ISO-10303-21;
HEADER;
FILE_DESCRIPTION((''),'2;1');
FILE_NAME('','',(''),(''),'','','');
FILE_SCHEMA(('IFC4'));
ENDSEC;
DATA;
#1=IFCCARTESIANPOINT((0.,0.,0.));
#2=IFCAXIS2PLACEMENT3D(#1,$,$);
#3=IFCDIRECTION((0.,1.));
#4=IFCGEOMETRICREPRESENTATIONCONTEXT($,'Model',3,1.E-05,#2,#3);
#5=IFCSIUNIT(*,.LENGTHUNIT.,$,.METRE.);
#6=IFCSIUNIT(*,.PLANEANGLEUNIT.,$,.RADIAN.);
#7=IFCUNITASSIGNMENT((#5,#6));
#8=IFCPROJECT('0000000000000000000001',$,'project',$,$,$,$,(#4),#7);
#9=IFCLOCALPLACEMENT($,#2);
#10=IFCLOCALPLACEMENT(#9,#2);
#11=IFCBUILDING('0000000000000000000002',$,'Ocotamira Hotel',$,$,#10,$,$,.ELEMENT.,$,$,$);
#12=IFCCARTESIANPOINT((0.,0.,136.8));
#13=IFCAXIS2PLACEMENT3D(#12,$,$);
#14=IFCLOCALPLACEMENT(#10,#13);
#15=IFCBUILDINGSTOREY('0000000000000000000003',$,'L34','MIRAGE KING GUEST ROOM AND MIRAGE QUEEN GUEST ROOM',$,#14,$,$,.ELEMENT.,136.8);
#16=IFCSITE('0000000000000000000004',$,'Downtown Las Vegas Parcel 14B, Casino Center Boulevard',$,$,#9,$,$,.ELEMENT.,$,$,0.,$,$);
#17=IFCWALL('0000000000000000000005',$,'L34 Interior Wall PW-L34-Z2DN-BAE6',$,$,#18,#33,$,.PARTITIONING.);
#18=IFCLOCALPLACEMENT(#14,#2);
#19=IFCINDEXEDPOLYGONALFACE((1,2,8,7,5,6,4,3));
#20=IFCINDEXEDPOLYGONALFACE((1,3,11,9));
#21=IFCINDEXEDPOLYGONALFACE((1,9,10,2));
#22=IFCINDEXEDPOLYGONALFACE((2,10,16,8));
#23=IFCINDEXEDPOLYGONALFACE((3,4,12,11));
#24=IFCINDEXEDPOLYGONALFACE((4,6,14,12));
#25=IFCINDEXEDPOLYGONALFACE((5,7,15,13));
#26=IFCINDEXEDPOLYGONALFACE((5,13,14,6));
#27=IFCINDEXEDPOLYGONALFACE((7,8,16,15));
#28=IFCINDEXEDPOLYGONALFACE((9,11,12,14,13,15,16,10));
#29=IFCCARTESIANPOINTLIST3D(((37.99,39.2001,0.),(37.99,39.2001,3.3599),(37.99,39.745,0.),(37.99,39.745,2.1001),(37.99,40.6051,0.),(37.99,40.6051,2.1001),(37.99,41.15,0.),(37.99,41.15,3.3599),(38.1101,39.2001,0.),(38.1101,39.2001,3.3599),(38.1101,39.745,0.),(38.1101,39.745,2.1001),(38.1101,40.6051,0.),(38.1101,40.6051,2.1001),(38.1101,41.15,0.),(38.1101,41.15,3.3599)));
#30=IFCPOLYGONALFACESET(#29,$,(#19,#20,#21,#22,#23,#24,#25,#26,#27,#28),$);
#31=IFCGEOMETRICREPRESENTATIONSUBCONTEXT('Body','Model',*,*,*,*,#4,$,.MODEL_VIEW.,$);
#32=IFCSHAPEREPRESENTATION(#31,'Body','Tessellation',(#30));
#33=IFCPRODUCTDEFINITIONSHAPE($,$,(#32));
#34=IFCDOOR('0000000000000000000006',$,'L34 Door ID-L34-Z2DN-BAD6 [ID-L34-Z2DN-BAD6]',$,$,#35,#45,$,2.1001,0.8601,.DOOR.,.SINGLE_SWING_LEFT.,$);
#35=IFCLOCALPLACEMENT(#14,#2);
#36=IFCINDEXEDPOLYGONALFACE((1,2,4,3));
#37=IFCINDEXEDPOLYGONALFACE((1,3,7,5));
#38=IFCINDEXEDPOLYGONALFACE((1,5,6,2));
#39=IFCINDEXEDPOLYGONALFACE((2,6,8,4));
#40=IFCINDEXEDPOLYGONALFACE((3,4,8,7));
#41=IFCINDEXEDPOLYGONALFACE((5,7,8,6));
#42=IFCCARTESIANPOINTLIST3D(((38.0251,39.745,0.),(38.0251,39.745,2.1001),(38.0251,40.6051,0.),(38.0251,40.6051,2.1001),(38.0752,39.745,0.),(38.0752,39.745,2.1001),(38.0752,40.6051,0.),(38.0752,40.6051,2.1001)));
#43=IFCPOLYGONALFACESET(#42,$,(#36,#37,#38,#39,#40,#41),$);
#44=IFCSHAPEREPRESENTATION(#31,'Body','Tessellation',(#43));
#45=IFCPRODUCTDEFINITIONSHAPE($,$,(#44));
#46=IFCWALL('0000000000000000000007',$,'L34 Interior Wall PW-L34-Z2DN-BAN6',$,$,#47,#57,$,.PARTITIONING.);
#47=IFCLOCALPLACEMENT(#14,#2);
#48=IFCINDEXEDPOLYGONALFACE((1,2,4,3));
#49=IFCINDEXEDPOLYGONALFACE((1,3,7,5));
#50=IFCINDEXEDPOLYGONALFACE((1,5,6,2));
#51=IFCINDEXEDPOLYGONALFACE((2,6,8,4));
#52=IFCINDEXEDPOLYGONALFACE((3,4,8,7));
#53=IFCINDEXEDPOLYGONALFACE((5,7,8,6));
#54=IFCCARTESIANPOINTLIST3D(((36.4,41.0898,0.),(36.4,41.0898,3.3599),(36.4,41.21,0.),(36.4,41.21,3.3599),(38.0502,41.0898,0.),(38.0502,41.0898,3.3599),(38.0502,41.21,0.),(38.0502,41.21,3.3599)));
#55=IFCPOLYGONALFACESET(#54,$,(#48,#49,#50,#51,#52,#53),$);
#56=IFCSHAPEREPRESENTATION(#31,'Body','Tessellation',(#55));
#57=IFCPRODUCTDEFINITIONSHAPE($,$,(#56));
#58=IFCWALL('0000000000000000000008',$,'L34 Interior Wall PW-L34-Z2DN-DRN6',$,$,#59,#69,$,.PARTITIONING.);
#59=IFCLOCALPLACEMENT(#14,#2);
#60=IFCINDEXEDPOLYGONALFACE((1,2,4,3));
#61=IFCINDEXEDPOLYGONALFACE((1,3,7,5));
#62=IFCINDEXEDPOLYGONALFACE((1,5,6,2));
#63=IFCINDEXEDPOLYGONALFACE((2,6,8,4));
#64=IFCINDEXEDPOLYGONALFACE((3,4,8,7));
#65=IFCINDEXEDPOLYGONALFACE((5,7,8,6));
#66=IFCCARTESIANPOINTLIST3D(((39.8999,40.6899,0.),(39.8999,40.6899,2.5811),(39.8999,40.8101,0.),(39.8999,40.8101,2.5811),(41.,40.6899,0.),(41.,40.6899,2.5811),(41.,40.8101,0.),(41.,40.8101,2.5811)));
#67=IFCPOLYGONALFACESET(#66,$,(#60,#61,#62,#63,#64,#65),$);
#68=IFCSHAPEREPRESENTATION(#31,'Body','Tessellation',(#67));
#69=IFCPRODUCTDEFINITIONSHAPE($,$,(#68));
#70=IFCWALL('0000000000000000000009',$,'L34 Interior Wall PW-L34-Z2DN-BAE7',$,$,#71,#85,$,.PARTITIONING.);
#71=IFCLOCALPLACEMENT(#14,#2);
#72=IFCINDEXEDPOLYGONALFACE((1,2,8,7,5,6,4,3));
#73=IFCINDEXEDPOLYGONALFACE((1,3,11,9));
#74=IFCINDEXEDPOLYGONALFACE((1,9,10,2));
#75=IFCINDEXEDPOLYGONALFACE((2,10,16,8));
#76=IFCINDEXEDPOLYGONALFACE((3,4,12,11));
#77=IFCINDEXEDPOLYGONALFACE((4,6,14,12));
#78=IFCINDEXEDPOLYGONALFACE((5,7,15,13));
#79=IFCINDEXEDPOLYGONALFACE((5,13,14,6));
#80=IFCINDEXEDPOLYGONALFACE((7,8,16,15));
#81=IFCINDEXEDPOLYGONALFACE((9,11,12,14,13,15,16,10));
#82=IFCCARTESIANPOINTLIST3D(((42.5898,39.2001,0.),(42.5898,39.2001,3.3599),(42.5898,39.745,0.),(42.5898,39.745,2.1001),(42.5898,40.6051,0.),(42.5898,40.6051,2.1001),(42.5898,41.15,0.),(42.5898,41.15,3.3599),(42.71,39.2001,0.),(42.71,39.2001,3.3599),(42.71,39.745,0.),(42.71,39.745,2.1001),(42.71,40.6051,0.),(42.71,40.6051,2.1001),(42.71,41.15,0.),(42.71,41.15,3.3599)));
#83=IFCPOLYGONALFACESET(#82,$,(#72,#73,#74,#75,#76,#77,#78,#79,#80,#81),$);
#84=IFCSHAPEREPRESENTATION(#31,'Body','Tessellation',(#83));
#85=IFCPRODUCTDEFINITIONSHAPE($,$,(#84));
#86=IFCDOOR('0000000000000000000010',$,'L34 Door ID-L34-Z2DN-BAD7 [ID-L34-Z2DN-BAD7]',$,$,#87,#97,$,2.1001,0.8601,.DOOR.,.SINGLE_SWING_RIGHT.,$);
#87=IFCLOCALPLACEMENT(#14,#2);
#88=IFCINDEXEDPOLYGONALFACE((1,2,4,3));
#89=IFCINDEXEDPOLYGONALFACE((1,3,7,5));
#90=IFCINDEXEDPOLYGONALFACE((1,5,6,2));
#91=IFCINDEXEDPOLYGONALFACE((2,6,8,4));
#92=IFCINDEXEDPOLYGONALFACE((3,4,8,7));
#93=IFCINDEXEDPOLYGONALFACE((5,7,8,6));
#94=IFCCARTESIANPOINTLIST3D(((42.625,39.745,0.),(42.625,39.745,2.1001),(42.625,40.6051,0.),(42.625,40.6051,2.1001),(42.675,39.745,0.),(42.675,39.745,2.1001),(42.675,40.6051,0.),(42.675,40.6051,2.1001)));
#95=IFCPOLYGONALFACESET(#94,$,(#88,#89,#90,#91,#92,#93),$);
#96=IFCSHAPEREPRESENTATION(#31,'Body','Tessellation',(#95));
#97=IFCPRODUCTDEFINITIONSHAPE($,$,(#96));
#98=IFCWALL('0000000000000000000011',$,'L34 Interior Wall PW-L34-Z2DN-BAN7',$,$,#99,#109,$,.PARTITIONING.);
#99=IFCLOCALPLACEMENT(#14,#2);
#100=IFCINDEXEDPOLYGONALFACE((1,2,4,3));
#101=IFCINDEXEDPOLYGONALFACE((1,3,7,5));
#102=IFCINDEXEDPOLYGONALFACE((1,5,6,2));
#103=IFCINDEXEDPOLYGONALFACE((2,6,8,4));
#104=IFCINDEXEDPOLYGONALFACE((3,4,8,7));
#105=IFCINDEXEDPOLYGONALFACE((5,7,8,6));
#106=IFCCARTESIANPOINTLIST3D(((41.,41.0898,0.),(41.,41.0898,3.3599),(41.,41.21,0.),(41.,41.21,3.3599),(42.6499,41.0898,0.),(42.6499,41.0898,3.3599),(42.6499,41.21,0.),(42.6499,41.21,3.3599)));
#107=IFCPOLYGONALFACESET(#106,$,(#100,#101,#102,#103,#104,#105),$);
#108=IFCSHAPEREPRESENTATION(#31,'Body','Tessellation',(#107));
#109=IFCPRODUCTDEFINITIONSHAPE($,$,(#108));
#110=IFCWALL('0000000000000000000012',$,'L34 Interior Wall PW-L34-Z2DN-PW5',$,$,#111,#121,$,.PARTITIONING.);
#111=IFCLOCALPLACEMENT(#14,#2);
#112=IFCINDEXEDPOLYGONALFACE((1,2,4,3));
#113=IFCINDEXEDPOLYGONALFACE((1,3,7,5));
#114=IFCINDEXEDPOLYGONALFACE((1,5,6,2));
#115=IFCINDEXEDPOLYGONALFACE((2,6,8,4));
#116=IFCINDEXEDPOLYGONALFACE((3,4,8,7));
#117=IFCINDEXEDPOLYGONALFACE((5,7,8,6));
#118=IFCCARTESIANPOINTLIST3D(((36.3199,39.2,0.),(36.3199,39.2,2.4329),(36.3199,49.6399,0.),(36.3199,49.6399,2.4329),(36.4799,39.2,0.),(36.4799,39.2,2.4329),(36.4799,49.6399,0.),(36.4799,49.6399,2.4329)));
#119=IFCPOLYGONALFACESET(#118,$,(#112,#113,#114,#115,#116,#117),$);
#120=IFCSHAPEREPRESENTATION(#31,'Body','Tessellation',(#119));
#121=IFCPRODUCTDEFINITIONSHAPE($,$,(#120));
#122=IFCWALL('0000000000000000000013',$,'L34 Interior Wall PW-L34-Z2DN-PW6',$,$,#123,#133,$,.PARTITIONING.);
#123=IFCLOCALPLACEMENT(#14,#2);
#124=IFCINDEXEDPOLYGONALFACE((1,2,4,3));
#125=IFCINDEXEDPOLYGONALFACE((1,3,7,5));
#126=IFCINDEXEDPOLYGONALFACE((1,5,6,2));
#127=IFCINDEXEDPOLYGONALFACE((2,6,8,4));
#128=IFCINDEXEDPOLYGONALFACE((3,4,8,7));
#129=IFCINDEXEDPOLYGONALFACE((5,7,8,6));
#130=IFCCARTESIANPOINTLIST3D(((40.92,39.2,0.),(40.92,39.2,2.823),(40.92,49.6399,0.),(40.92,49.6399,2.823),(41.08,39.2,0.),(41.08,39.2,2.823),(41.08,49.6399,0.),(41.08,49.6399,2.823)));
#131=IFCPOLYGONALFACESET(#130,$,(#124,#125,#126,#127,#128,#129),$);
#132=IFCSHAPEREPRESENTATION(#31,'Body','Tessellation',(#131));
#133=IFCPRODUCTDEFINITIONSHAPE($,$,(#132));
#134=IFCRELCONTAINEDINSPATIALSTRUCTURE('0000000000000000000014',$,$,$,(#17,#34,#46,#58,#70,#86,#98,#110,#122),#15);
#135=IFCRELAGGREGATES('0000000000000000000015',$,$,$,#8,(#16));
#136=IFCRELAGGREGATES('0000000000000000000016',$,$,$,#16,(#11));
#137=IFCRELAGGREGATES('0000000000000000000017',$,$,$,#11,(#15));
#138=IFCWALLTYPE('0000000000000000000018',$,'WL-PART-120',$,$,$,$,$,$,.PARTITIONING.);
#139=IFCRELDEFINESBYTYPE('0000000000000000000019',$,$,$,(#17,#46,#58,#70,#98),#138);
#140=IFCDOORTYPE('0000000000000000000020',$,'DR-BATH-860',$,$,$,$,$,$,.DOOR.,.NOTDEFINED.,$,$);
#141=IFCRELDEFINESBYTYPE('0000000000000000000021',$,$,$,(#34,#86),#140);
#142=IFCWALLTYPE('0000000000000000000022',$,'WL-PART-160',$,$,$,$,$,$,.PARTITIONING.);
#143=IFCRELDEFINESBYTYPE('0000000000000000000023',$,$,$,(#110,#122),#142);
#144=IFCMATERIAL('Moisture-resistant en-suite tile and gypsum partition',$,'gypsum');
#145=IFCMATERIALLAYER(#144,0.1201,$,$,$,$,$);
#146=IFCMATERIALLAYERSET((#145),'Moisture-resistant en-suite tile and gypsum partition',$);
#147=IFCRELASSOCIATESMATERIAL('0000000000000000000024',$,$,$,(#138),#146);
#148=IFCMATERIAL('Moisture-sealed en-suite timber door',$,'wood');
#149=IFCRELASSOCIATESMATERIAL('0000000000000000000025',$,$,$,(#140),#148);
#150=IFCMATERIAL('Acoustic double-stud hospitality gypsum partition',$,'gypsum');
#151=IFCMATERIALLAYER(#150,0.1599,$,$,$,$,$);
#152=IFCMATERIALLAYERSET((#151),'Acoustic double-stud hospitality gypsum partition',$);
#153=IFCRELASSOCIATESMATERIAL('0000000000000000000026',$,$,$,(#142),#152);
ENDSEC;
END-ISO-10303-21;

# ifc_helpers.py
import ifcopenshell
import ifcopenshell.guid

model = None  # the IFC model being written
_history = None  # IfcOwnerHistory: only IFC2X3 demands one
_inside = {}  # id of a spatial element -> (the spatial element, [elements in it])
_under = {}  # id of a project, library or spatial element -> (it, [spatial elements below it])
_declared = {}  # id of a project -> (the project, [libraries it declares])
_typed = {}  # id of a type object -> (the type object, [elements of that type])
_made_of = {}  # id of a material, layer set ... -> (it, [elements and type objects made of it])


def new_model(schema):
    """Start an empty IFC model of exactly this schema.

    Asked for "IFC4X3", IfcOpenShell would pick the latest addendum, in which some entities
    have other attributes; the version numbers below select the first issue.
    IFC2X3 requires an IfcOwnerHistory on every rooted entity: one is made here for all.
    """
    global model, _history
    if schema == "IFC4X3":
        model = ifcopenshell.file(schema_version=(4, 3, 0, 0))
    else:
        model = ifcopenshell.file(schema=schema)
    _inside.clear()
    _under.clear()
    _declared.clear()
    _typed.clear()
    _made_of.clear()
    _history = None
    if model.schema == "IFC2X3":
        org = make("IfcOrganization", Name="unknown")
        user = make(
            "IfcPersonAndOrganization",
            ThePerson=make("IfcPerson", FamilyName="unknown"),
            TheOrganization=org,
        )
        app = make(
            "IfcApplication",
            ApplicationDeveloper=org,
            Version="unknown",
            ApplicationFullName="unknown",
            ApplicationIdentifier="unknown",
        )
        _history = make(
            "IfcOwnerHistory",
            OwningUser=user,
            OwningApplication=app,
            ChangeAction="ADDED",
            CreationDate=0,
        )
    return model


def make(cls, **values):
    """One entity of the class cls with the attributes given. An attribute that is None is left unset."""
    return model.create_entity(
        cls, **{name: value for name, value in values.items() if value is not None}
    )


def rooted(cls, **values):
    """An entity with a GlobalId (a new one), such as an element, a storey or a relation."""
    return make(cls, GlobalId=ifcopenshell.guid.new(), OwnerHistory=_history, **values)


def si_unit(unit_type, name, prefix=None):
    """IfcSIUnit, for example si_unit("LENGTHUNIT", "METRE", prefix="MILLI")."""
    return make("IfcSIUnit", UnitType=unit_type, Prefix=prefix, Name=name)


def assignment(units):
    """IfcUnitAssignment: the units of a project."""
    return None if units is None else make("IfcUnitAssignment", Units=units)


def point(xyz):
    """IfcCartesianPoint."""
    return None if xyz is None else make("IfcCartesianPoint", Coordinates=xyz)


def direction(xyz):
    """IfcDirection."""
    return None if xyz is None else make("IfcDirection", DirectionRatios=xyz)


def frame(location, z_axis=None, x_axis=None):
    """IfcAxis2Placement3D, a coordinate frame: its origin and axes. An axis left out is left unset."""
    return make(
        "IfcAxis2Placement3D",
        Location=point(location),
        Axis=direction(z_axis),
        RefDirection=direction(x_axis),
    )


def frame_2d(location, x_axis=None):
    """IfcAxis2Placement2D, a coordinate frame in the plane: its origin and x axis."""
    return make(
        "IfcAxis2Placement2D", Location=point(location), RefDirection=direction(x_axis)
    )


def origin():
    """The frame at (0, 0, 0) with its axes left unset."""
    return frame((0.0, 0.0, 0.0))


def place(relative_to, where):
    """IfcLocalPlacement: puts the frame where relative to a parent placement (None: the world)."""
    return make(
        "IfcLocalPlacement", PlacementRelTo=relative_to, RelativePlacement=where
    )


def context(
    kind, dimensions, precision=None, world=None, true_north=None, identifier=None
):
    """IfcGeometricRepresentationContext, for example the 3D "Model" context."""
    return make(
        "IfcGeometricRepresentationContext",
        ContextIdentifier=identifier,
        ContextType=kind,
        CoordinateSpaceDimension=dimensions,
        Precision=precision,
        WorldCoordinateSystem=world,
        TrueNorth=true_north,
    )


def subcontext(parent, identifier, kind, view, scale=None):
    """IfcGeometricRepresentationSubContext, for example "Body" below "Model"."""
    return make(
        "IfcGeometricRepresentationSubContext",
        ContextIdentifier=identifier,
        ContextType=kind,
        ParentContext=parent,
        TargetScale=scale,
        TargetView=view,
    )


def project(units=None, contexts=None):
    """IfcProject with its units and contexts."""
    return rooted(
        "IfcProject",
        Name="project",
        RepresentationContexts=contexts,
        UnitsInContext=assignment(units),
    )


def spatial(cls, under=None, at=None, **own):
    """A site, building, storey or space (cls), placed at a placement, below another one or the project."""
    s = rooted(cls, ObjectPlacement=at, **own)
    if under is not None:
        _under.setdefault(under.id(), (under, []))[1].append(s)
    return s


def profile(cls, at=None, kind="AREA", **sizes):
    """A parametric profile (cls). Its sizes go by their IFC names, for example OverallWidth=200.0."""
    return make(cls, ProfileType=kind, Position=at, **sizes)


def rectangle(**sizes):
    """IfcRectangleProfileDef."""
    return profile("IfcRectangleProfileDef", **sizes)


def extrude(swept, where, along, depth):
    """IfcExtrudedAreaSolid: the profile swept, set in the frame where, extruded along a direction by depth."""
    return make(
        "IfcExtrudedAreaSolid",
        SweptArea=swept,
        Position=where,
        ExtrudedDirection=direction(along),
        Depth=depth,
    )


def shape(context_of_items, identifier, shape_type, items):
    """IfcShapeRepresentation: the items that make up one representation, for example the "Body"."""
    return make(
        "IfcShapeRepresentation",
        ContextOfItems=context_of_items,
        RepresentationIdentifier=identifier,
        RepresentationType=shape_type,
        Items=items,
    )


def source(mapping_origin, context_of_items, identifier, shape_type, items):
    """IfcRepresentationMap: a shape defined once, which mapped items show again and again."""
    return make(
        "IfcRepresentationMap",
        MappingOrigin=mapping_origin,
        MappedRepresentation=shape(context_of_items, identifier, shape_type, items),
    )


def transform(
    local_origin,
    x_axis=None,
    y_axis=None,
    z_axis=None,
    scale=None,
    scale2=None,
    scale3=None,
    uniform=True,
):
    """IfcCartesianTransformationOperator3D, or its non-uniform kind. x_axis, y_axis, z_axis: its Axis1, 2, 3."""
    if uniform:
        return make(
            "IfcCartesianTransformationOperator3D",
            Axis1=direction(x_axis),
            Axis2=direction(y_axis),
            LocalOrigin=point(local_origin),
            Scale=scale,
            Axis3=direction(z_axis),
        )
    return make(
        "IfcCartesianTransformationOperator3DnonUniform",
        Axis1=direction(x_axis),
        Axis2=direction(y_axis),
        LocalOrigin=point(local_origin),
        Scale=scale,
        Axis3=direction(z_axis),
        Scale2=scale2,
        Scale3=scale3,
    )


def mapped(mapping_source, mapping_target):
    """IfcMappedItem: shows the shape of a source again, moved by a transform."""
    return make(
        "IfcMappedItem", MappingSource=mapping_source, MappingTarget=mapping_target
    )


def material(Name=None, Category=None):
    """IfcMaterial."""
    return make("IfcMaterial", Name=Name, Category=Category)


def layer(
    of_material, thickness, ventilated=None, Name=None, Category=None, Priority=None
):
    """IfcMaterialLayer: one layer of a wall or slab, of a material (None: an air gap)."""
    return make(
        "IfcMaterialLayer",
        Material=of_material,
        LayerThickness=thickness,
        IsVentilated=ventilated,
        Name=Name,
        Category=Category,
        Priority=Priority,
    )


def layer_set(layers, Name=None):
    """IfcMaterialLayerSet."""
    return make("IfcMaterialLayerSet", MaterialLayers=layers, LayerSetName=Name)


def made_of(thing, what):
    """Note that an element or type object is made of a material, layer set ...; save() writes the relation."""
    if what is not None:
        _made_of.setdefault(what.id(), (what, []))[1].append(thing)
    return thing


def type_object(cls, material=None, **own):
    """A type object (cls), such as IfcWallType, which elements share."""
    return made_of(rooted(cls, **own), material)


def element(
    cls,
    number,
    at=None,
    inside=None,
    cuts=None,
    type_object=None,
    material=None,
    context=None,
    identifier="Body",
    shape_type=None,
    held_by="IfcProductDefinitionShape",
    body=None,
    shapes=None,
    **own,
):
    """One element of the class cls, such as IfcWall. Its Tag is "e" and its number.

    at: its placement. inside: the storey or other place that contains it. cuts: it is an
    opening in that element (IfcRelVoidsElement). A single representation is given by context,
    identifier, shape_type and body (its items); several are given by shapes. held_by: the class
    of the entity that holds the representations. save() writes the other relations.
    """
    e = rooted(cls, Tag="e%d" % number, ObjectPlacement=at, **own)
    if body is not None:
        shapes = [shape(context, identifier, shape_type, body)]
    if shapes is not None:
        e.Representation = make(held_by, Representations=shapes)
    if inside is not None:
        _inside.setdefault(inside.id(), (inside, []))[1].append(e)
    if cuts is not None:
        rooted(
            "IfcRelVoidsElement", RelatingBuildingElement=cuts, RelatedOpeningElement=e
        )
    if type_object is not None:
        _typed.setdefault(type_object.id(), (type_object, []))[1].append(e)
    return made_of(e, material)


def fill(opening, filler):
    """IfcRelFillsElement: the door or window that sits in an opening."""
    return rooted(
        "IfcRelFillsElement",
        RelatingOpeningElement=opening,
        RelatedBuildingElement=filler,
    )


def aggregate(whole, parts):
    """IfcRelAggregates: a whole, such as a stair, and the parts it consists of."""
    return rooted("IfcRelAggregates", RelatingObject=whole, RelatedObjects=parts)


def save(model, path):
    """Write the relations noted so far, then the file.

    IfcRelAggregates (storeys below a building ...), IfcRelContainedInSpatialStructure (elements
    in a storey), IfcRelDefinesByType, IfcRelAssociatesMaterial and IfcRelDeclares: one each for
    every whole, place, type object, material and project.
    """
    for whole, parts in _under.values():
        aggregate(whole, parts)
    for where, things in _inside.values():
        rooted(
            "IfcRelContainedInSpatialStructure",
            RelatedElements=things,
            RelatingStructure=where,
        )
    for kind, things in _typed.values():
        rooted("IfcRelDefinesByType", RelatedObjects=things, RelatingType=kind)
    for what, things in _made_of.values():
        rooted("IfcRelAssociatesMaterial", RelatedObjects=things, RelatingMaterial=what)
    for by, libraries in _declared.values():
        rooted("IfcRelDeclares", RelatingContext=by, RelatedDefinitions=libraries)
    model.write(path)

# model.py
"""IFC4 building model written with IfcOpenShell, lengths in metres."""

from ifc_helpers import new_model, si_unit, direction, frame, frame_2d, origin, place, context, subcontext, project, spatial, rectangle, extrude, source, transform, mapped, material, layer, layer_set, type_object, element, fill, save


model = new_model("IFC4")

# Units and contexts
model_context = context("Model", 3, precision=1e-05, world=origin(), true_north=direction((0.0, 1.0)))
body_context = subcontext(model_context, "Body", "Model", "MODEL_VIEW")
ifc_project = project(units=[si_unit("LENGTHUNIT", "METRE"), si_unit("PLANEANGLEUNIT", "RADIAN")], contexts=[model_context])

# Site, building, storey
site_placement = place(None, origin())
site = spatial("IfcSite", under=ifc_project, at=site_placement, Name="Downtown Las Vegas Parcel 14B, Casino Center Boulevard", CompositionType="ELEMENT", RefElevation=0.0)
building_placement = place(site_placement, origin())
building = spatial("IfcBuilding", under=site, at=building_placement, Name="Ocotamira Hotel", CompositionType="ELEMENT")
storey_placement = place(building_placement, frame((0.0, 0.0, 136.8)))
storey = spatial("IfcBuildingStorey", under=building, at=storey_placement, Name="L34", Description="MIRAGE KING GUEST ROOM AND MIRAGE QUEEN GUEST ROOM", CompositionType="ELEMENT", Elevation=136.8)

# Shared definitions
ifc_material_1 = material(Name="Moisture-resistant en-suite tile and gypsum partition", Category="gypsum")
ifc_layer_1 = layer(ifc_material_1, 0.1201)
ifc_layer_set_1 = layer_set([ifc_layer_1], Name="Moisture-resistant en-suite tile and gypsum partition")
wall_type_1 = type_object("IfcWallType", Name="WL-PART-120", PredefinedType="PARTITIONING", material=ifc_layer_set_1)

# Shared definitions
ifc_material_2 = material(Name="Moisture-sealed en-suite timber door", Category="wood")
door_type = type_object("IfcDoorType", Name="DR-BATH-860", OperationType="NOTDEFINED", PredefinedType="DOOR", material=ifc_material_2)
shared_shape_1 = source(origin(), body_context, "Body", "SweptSolid", [
    extrude(rectangle(XDim=0.8601, YDim=2.1001, at=frame_2d((0.4302, 1.05))), frame((0.0, 0.0249, 0.0), z_axis=(0.0, -1.0, 0.0), x_axis=(1.0, 0.0, 0.0)), (0.0, 0.0, 1.0), 0.05),
])

# Wall, opening, door
wall_1_placement = place(storey_placement, frame((38.05, 39.2, 0.0), z_axis=(0.0, 0.0, 1.0), x_axis=(0.0, 1.0, 0.0)))
wall_1 = element("IfcWall", 1, at=wall_1_placement, inside=storey, type_object=wall_type_1, Name="L34 Interior Wall PW-L34-Z2DN-BAE6", PredefinedType="PARTITIONING", context=body_context, shape_type="SweptSolid", body=[
    extrude(rectangle(XDim=1.95, YDim=0.1201, at=frame_2d((0.9751, 0.0))), origin(), (0.0, 0.0, 1.0), 3.3599),
])
opening_1_placement = place(wall_1_placement, frame((0.5449, 0.0, 0.0)))
opening_1 = element("IfcOpeningElement", 2, at=opening_1_placement, cuts=wall_1, PredefinedType="OPENING", context=body_context, shape_type="SweptSolid", body=[
    extrude(rectangle(XDim=0.8601, YDim=2.1001, at=frame_2d((0.4302, 1.05))), frame((0.0, 0.0701, 0.0), z_axis=(0.0, -1.0, 0.0), x_axis=(1.0, 0.0, 0.0)), (0.0, 0.0, 1.0), 0.1401),
])
door_1_placement = place(opening_1_placement, origin())
door_1 = element("IfcDoor", 3, at=door_1_placement, inside=storey, type_object=door_type, Name="L34 Door ID-L34-Z2DN-BAD6 [ID-L34-Z2DN-BAD6]", OperationType="SINGLE_SWING_LEFT", OverallHeight=2.1001, OverallWidth=0.8601, PredefinedType="DOOR", context=body_context, shape_type="MappedRepresentation", body=[
    mapped(shared_shape_1, transform((0.0, 0.0, 0.0), scale=1.0)),
])
fill(opening_1, door_1)

# Walls
wall_2_placement = place(storey_placement, frame((36.3999, 41.1499, 0.0), z_axis=(0.0, 0.0, 1.0), x_axis=(1.0, 0.0, 0.0)))
element("IfcWall", 4, at=wall_2_placement, inside=storey, type_object=wall_type_1, Name="L34 Interior Wall PW-L34-Z2DN-BAN6", PredefinedType="PARTITIONING", context=body_context, shape_type="SweptSolid", body=[
    extrude(rectangle(XDim=1.6501, YDim=0.1201, at=frame_2d((0.8252, 0.0))), origin(), (0.0, 0.0, 1.0), 3.3599),
])
wall_3_placement = place(storey_placement, frame((39.8999, 40.75, 0.0), z_axis=(0.0, 0.0, 1.0), x_axis=(1.0, 0.0, 0.0)))
element("IfcWall", 5, at=wall_3_placement, inside=storey, type_object=wall_type_1, Name="L34 Interior Wall PW-L34-Z2DN-DRN6", PredefinedType="PARTITIONING", context=body_context, shape_type="SweptSolid", body=[
    extrude(rectangle(XDim=1.1001, YDim=0.1201, at=frame_2d((0.55, 0.0))), origin(), (0.0, 0.0, 1.0), 2.5811),
])

# Wall, opening, door
wall_4_placement = place(storey_placement, frame((42.6499, 39.2, 0.0), z_axis=(0.0, 0.0, 1.0), x_axis=(0.0, 1.0, 0.0)))
wall_4 = element("IfcWall", 6, at=wall_4_placement, inside=storey, type_object=wall_type_1, Name="L34 Interior Wall PW-L34-Z2DN-BAE7", PredefinedType="PARTITIONING", context=body_context, shape_type="SweptSolid", body=[
    extrude(rectangle(XDim=1.95, YDim=0.1201, at=frame_2d((0.9751, 0.0))), origin(), (0.0, 0.0, 1.0), 3.3599),
])
opening_2_placement = place(wall_4_placement, frame((0.5449, 0.0, 0.0)))
opening_2 = element("IfcOpeningElement", 7, at=opening_2_placement, cuts=wall_4, PredefinedType="OPENING", context=body_context, shape_type="SweptSolid", body=[
    extrude(rectangle(XDim=0.8601, YDim=2.1001, at=frame_2d((0.4302, 1.05))), frame((0.0, 0.0701, 0.0), z_axis=(0.0, -1.0, 0.0), x_axis=(1.0, 0.0, 0.0)), (0.0, 0.0, 1.0), 0.1401),
])
door_2_placement = place(opening_2_placement, origin())
door_2 = element("IfcDoor", 8, at=door_2_placement, inside=storey, type_object=door_type, Name="L34 Door ID-L34-Z2DN-BAD7 [ID-L34-Z2DN-BAD7]", OperationType="SINGLE_SWING_RIGHT", OverallHeight=2.1001, OverallWidth=0.8601, PredefinedType="DOOR", context=body_context, shape_type="MappedRepresentation", body=[
    mapped(shared_shape_1, transform((0.0, 0.0, 0.0), scale=1.0)),
])
fill(opening_2, door_2)

# Walls
wall_5_placement = place(storey_placement, frame((41.0, 41.1499, 0.0), z_axis=(0.0, 0.0, 1.0), x_axis=(1.0, 0.0, 0.0)))
element("IfcWall", 9, at=wall_5_placement, inside=storey, type_object=wall_type_1, Name="L34 Interior Wall PW-L34-Z2DN-BAN7", PredefinedType="PARTITIONING", context=body_context, shape_type="SweptSolid", body=[
    extrude(rectangle(XDim=1.6499, YDim=0.1201, at=frame_2d((0.825, 0.0))), origin(), (0.0, 0.0, 1.0), 3.3599),
])
ifc_material_3 = material(Name="Acoustic double-stud hospitality gypsum partition", Category="gypsum")
ifc_layer_2 = layer(ifc_material_3, 0.1599)
ifc_layer_set_2 = layer_set([ifc_layer_2], Name="Acoustic double-stud hospitality gypsum partition")
wall_type_2 = type_object("IfcWallType", Name="WL-PART-160", PredefinedType="PARTITIONING", material=ifc_layer_set_2)
wall_6_placement = place(storey_placement, frame((36.3999, 39.2, 0.0), z_axis=(0.0, 0.0, 1.0), x_axis=(0.0, 1.0, 0.0)))
element("IfcWall", 10, at=wall_6_placement, inside=storey, type_object=wall_type_2, Name="L34 Interior Wall PW-L34-Z2DN-PW5", PredefinedType="PARTITIONING", context=body_context, shape_type="SweptSolid", body=[
    extrude(rectangle(XDim=10.4399, YDim=0.1599, at=frame_2d((5.22, 0.0))), origin(), (0.0, 0.0, 1.0), 2.4329),
])
wall_7_placement = place(storey_placement, frame((41.0, 39.2, 0.0), z_axis=(0.0, 0.0, 1.0), x_axis=(0.0, 1.0, 0.0)))
element("IfcWall", 11, at=wall_7_placement, inside=storey, type_object=wall_type_2, Name="L34 Interior Wall PW-L34-Z2DN-PW6", PredefinedType="PARTITIONING", context=body_context, shape_type="SweptSolid", body=[
    extrude(rectangle(XDim=10.4399, YDim=0.1599, at=frame_2d((5.22, 0.0))), origin(), (0.0, 0.0, 1.0), 2.823),
])

save(model, "model.ifc")
